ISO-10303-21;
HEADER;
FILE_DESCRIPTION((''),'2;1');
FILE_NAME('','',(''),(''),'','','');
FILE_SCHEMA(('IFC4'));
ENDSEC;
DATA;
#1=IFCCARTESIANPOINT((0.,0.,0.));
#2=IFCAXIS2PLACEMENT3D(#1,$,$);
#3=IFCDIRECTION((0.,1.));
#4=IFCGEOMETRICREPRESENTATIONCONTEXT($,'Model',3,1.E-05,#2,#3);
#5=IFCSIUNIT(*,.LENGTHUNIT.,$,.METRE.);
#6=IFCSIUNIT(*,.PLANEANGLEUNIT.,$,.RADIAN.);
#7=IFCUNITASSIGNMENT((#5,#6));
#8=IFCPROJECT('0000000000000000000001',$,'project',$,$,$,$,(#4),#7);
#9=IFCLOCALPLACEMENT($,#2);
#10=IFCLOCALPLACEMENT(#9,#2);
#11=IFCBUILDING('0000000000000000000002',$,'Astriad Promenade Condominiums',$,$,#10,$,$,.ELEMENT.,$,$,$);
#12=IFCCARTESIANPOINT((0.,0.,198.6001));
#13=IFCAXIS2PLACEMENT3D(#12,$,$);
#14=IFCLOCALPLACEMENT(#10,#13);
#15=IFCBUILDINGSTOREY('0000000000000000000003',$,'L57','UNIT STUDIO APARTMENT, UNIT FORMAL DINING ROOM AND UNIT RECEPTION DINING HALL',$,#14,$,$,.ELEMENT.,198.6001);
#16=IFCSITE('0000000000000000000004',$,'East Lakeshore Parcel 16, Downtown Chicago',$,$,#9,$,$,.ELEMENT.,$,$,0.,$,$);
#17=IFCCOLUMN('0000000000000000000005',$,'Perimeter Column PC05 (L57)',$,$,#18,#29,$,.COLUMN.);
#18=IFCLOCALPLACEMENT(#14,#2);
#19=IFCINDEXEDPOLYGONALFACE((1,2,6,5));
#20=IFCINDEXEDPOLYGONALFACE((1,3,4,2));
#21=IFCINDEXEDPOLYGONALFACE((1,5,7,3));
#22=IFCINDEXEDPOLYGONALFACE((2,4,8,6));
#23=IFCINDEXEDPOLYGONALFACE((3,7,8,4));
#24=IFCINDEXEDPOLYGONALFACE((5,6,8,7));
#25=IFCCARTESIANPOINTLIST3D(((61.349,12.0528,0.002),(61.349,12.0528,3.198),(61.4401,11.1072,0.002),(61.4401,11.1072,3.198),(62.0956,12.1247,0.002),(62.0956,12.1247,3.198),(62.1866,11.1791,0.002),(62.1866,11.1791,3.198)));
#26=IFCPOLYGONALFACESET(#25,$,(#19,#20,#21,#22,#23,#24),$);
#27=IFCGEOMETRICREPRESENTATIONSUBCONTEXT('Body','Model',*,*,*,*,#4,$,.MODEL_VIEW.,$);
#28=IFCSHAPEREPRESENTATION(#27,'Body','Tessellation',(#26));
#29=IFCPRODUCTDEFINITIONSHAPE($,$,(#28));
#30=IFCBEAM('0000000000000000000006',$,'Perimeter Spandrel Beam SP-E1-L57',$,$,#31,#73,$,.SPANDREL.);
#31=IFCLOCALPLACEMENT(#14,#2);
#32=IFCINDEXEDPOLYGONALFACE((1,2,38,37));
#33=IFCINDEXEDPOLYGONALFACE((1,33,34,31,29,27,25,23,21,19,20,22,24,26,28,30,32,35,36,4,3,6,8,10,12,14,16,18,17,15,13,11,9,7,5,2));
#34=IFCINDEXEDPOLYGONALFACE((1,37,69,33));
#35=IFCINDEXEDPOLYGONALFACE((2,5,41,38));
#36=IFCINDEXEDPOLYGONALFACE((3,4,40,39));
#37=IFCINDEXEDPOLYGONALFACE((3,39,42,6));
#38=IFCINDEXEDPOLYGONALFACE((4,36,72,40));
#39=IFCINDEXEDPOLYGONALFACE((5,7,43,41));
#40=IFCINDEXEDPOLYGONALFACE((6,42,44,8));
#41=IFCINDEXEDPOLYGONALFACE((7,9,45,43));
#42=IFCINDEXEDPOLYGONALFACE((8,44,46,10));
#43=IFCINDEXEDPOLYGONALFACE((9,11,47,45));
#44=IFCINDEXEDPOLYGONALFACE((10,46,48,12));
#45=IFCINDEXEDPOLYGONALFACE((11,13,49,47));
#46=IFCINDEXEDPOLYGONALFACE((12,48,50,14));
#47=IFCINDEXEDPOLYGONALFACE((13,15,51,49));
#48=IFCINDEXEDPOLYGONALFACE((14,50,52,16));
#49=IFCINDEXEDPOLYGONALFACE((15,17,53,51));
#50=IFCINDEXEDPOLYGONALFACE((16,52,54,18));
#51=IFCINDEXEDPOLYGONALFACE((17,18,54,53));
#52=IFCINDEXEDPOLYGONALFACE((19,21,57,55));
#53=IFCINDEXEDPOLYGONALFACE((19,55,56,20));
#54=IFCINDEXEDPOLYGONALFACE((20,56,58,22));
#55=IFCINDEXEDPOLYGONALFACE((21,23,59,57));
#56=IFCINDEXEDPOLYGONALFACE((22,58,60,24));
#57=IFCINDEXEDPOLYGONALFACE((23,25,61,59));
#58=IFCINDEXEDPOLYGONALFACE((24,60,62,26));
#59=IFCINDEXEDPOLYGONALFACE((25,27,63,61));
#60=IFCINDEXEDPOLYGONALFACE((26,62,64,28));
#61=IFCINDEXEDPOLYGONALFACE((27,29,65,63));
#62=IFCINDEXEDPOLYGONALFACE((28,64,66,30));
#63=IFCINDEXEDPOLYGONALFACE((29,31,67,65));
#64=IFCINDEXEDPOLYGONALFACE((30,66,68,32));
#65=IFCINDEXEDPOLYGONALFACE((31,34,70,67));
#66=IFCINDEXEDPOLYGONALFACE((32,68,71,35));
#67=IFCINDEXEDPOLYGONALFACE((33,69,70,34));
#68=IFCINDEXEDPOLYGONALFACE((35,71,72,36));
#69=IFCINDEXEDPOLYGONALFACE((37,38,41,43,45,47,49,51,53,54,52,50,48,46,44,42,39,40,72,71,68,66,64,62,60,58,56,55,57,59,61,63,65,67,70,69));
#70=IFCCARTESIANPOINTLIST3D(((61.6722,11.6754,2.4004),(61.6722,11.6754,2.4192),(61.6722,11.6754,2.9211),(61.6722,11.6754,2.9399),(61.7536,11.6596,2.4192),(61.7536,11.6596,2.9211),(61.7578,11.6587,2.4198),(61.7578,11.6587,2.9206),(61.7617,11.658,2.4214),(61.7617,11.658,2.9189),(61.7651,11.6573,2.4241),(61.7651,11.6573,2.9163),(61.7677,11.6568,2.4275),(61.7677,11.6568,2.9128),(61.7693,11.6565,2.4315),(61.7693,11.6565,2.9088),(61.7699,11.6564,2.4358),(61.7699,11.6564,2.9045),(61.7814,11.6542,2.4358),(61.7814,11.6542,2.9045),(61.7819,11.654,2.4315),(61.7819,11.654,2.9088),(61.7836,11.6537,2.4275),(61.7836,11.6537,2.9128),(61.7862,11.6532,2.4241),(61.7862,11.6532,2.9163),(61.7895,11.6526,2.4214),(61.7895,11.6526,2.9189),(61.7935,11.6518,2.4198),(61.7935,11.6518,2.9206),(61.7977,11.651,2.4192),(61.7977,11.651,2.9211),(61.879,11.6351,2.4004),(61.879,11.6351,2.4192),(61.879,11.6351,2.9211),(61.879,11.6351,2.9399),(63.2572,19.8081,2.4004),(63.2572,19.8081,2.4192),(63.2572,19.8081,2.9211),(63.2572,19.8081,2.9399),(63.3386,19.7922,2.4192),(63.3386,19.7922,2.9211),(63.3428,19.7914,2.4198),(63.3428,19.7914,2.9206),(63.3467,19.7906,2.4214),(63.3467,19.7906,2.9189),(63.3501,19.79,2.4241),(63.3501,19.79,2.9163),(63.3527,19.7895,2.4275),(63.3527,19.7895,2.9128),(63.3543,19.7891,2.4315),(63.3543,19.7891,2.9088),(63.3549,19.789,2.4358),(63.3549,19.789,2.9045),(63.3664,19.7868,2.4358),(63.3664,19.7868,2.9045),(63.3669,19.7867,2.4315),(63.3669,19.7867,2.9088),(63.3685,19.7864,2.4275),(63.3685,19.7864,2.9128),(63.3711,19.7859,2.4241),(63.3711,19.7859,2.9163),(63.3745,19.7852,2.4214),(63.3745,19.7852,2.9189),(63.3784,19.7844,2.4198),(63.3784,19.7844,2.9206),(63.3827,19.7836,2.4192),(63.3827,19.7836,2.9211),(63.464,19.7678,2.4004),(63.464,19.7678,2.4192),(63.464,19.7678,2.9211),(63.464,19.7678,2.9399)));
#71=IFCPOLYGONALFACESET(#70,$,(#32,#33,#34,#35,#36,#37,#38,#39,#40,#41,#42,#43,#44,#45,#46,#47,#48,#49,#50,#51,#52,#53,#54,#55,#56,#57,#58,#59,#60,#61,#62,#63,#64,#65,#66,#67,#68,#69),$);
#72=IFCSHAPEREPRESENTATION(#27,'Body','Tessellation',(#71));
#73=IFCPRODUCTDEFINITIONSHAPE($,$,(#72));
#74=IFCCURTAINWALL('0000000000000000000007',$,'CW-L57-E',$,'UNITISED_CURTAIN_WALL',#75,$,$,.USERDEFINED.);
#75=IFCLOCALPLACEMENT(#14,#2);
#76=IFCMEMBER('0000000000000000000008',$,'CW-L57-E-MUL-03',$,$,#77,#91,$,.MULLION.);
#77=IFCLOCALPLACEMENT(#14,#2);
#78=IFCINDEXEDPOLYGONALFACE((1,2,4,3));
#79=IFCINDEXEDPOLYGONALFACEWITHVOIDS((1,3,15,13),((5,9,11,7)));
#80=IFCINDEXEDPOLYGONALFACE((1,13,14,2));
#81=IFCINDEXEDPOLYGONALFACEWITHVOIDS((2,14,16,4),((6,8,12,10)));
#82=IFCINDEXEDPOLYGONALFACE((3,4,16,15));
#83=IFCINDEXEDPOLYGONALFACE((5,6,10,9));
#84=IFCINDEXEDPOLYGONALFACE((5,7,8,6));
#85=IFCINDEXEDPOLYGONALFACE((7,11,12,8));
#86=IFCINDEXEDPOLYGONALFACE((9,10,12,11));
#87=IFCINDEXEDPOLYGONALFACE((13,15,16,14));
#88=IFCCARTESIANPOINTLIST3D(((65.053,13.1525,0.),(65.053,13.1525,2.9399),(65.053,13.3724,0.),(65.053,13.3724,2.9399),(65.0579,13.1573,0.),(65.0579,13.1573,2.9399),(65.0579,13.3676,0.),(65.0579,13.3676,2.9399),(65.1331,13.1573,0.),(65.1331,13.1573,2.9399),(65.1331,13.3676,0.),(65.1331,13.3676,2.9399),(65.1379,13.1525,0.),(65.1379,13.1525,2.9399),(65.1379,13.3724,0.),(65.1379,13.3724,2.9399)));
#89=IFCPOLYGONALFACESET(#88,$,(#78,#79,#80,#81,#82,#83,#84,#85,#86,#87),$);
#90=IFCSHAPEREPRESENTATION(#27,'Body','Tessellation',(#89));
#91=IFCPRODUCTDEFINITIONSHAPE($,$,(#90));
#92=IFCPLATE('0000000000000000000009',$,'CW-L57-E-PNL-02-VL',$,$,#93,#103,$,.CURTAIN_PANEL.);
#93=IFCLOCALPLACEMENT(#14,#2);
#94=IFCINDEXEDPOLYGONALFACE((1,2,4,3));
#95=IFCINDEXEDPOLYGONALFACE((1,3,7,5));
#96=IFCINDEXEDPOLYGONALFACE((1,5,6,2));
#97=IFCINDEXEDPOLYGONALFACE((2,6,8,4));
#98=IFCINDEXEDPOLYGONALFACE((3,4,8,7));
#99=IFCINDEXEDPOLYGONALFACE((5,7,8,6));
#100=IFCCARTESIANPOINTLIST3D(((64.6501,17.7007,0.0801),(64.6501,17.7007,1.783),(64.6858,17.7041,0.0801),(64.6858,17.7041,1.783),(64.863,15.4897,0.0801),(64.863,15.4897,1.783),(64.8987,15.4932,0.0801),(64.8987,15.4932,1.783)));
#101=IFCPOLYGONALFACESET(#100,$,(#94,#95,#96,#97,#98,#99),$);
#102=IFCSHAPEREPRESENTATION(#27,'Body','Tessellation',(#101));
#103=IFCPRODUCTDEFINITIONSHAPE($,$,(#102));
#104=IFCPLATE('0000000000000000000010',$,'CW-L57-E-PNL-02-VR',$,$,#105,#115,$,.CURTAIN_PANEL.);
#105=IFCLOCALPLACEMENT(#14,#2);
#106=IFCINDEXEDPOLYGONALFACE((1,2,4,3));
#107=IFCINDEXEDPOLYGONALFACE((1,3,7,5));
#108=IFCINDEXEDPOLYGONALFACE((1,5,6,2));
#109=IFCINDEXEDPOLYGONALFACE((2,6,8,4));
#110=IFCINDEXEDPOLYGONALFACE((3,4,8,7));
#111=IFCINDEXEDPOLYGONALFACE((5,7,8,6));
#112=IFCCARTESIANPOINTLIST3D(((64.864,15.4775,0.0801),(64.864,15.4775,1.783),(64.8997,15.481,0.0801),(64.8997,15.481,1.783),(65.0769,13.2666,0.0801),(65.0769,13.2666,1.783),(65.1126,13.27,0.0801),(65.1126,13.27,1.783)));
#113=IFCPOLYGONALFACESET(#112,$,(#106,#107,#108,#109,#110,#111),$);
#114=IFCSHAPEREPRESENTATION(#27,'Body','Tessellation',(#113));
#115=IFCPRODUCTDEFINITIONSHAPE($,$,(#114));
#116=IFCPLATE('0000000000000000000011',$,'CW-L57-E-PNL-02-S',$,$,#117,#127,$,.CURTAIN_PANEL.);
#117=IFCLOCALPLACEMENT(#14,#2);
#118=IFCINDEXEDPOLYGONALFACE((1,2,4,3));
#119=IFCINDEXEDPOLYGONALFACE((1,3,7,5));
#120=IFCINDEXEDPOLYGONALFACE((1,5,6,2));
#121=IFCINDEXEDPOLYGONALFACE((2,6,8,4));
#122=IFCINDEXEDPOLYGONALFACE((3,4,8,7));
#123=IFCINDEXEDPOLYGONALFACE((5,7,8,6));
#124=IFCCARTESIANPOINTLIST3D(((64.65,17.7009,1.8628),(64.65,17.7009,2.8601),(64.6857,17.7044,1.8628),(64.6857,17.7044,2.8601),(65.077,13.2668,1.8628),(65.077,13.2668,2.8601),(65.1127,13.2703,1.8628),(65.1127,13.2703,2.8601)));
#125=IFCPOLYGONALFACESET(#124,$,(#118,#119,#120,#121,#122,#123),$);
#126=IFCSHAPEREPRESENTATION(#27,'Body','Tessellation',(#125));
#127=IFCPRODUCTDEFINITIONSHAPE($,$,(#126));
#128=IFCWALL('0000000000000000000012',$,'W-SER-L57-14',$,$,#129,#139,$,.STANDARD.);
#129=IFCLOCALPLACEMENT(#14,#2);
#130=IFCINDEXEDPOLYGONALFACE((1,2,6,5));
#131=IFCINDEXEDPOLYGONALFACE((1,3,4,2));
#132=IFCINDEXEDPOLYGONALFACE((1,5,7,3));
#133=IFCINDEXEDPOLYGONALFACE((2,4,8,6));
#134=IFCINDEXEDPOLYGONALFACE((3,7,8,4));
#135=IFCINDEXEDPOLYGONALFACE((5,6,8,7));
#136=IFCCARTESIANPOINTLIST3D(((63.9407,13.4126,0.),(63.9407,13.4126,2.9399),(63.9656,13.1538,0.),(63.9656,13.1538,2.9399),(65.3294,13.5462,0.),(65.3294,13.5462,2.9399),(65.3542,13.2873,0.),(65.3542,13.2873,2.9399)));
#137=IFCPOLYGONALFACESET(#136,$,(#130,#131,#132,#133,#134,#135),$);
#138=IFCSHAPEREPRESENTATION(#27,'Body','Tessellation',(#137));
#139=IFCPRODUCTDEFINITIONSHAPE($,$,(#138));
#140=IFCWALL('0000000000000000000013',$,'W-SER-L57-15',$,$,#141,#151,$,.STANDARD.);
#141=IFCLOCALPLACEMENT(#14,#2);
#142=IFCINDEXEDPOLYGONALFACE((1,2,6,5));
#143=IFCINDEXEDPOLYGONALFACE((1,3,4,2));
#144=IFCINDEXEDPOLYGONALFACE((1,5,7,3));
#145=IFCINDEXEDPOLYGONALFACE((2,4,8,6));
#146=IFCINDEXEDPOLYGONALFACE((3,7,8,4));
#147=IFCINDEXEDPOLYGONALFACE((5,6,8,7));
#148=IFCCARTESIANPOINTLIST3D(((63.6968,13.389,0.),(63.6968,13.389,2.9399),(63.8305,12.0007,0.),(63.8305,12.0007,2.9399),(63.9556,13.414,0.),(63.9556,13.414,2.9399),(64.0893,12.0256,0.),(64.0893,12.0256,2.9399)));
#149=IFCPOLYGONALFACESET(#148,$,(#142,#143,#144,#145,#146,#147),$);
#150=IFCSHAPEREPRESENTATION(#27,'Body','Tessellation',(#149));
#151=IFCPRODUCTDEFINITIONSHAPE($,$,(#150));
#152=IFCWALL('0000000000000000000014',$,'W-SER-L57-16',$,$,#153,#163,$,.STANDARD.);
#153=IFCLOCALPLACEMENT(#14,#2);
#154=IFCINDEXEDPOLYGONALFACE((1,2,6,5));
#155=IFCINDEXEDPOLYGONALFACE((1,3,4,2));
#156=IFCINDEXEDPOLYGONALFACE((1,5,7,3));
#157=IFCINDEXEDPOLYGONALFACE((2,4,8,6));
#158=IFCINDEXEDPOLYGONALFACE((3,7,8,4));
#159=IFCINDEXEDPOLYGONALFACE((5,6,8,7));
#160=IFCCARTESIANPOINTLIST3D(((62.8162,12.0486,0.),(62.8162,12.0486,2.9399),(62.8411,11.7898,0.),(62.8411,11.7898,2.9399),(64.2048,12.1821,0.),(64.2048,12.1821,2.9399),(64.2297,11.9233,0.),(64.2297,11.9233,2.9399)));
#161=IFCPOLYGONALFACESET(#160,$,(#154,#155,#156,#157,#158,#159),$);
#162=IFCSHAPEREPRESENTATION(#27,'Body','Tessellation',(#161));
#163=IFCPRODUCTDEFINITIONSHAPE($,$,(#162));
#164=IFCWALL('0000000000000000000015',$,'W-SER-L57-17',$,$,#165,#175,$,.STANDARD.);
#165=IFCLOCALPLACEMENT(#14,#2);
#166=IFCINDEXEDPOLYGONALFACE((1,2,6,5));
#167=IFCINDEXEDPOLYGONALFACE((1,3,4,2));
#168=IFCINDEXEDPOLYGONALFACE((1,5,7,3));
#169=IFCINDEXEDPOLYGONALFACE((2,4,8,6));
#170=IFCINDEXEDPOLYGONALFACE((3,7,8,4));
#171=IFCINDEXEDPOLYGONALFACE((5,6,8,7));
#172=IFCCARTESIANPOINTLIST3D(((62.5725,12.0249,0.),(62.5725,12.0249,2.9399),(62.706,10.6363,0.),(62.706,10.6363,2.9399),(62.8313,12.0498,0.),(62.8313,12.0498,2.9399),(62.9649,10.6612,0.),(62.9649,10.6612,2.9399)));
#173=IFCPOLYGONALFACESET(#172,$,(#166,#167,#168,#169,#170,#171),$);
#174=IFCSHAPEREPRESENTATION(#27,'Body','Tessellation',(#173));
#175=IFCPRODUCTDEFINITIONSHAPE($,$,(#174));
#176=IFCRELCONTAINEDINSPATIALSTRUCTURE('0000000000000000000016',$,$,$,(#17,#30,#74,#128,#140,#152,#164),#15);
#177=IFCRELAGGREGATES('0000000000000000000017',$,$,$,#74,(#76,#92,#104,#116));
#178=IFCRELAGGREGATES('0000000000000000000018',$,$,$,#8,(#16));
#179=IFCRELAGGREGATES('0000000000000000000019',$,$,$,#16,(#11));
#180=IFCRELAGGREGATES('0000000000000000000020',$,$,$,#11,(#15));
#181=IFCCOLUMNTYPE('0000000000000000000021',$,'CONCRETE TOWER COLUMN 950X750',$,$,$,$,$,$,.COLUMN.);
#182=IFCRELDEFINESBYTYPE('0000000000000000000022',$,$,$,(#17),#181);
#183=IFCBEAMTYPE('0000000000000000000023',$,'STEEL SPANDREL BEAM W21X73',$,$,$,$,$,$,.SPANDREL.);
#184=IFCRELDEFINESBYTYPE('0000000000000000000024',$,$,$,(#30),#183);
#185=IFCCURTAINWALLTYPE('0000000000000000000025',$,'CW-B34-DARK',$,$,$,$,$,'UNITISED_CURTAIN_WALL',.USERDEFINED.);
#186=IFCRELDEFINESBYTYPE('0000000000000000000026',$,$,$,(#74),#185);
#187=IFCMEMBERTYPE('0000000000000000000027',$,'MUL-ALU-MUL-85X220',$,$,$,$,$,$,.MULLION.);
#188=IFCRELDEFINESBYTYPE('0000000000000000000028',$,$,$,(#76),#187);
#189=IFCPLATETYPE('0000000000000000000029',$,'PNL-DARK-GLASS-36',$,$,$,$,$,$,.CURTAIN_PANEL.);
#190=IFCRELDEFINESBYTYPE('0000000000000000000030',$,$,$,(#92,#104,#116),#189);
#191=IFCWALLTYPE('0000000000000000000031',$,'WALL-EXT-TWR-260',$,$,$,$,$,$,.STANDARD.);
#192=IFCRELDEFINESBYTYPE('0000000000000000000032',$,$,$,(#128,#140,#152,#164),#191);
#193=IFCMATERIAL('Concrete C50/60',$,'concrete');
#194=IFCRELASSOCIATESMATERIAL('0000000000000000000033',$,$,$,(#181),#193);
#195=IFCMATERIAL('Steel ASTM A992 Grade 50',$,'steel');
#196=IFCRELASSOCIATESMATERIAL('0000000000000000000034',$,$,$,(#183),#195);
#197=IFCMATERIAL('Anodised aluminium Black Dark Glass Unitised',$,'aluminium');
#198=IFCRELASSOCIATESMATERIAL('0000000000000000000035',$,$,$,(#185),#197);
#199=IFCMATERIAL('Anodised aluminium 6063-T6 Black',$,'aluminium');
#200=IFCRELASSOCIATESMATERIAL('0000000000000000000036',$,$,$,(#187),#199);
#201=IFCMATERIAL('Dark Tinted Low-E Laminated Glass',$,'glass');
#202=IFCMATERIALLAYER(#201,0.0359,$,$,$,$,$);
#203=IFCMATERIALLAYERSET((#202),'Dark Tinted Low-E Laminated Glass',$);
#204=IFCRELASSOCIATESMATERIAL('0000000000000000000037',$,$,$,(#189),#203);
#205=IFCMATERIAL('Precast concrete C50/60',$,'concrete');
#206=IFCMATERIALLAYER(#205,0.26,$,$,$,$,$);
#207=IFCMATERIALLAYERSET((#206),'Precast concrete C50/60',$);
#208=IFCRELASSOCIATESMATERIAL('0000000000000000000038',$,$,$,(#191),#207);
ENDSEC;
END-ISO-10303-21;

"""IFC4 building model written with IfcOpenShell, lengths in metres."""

from ifc_helpers import new_model, si_unit, direction, frame, frame_2d, origin, origin_2d, place, context, subcontext, project, spatial, rectangle, hollow_rectangle, i_section, extrude, source, transform, mapped, material, layer, layer_set, material_profile, profile_set, type_object, type_shapes, element, aggregate, save


model = new_model("IFC4")

# Units and contexts
model_context = context("Model", 3, precision=1e-05, world=origin(), true_north=direction((0.0, 1.0)))
body_context = subcontext(model_context, "Body", "Model", "MODEL_VIEW")
ifc_project = project(units=[si_unit("LENGTHUNIT", "METRE"), si_unit("PLANEANGLEUNIT", "RADIAN")], contexts=[model_context])

# Site, building, storey
site_placement = place(None, origin())
site = spatial("IfcSite", under=ifc_project, at=site_placement, Name="East Lakeshore Parcel 16, Downtown Chicago", CompositionType="ELEMENT", RefElevation=0.0)
building_placement = place(site_placement, origin())
building = spatial("IfcBuilding", under=site, at=building_placement, Name="Astriad Promenade Condominiums", CompositionType="ELEMENT")
storey_placement = place(building_placement, frame((0.0, 0.0, 198.6001)))
storey = spatial("IfcBuildingStorey", under=building, at=storey_placement, Name="L57", Description="UNIT STUDIO APARTMENT, UNIT FORMAL DINING ROOM AND UNIT RECEPTION DINING HALL", CompositionType="ELEMENT", Elevation=198.6001)

# Column
ifc_material_1 = material(Name="Concrete C50/60", Category="concrete")
ifc_material_profile_1 = material_profile(ifc_material_1, rectangle(XDim=0.75, YDim=0.95, at=origin_2d()), Name="RC-COL-950X750")
ifc_profile_set_1 = profile_set([ifc_material_profile_1], Name="Concrete C50/60")
column_type = type_object("IfcColumnType", Name="CONCRETE TOWER COLUMN 950X750", PredefinedType="COLUMN", material=ifc_profile_set_1)
shared_shape_1 = source(origin(), body_context, "Body", "SweptSolid", [
    extrude(rectangle(XDim=0.75, YDim=0.95, at=origin_2d()), origin(), (0.0, 0.0, 1.0), 3.196),
])
type_shapes(column_type, [shared_shape_1])
column_placement = place(storey_placement, frame((61.7678, 11.616, 0.002), z_axis=(0.0, 0.0, 1.0), x_axis=(0.995396, 0.095846, 0.0)))
element("IfcColumn", 1, at=column_placement, inside=storey, type_object=column_type, Name="Perimeter Column PC05 (L57)", PredefinedType="COLUMN", context=body_context, shape_type="MappedRepresentation", body=[
    mapped(shared_shape_1, transform((0.0, 0.0, 0.0), scale=1.0)),
])

# Beam
ifc_material_2 = material(Name="Steel ASTM A992 Grade 50", Category="steel")
ifc_material_profile_2 = material_profile(ifc_material_2, i_section(OverallWidth=0.2107, OverallDepth=0.5396, WebThickness=0.0117, FlangeThickness=0.0188, FilletRadius=0.0166, at=origin_2d()), Name="W21X73")
ifc_profile_set_2 = profile_set([ifc_material_profile_2], Name="Steel ASTM A992 Grade 50")
beam_type = type_object("IfcBeamType", Name="STEEL SPANDREL BEAM W21X73", PredefinedType="SPANDREL", material=ifc_profile_set_2)
shared_shape_2 = source(origin(), body_context, "Body", "SweptSolid", [
    extrude(i_section(OverallWidth=0.2107, OverallDepth=0.5396, WebThickness=0.0117, FlangeThickness=0.0188, FilletRadius=0.0166, at=origin_2d()), origin(), (0.0, 0.0, 1.0), 8.2856),
])
type_shapes(beam_type, [shared_shape_2])
beam_placement = place(storey_placement, frame((61.7756, 11.6553, 2.6702), z_axis=(0.191292, 0.981533, 0.0), x_axis=(-0.981533, 0.191292, 0.0)))
element("IfcBeam", 2, at=beam_placement, inside=storey, type_object=beam_type, Name="Perimeter Spandrel Beam SP-E1-L57", PredefinedType="SPANDREL", context=body_context, shape_type="MappedRepresentation", body=[
    mapped(shared_shape_2, transform((0.0, 0.0, 0.0), scale=1.0)),
])

# Curtain wall, member, plates
ifc_material_3 = material(Name="Anodised aluminium Black Dark Glass Unitised", Category="aluminium")
curtain_wall_type = type_object("IfcCurtainWallType", Name="CW-B34-DARK", ElementType="UNITISED_CURTAIN_WALL", PredefinedType="USERDEFINED", material=ifc_material_3)
curtain_wall_placement = place(storey_placement, origin())
curtain_wall = element("IfcCurtainWall", 3, at=curtain_wall_placement, inside=storey, type_object=curtain_wall_type, Name="CW-L57-E", ObjectType="UNITISED_CURTAIN_WALL", PredefinedType="USERDEFINED")
ifc_material_4 = material(Name="Anodised aluminium 6063-T6 Black", Category="aluminium")
ifc_material_profile_3 = material_profile(ifc_material_4, hollow_rectangle(XDim=0.085, YDim=0.22, WallThickness=0.0049, at=origin_2d()), Name="ALU-MUL-85X220")
ifc_profile_set_3 = profile_set([ifc_material_profile_3], Name="Anodised aluminium 6063-T6 Black")
member_type = type_object("IfcMemberType", Name="MUL-ALU-MUL-85X220", PredefinedType="MULLION", material=ifc_profile_set_3)
shared_shape_3 = source(origin(), body_context, "Body", "SweptSolid", [
    extrude(hollow_rectangle(XDim=0.085, YDim=0.22, WallThickness=0.0049, at=origin_2d()), origin(), (0.0, 0.0, 1.0), 2.9399),
])
type_shapes(member_type, [shared_shape_3])
member_placement = place(storey_placement, frame((65.0955, 13.2625, 0.0), z_axis=(0.0, 0.0, 1.0), x_axis=(1.0, 0.0, 0.0)))
member = element("IfcMember", 4, at=member_placement, type_object=member_type, Name="CW-L57-E-MUL-03", PredefinedType="MULLION", context=body_context, shape_type="MappedRepresentation", body=[
    mapped(shared_shape_3, transform((0.0, 0.0, 0.0), scale=1.0)),
])
ifc_material_5 = material(Name="Dark Tinted Low-E Laminated Glass", Category="glass")
ifc_layer_1 = layer(ifc_material_5, 0.0359)
ifc_layer_set_1 = layer_set([ifc_layer_1], Name="Dark Tinted Low-E Laminated Glass")
plate_type = type_object("IfcPlateType", Name="PNL-DARK-GLASS-36", PredefinedType="CURTAIN_PANEL", material=ifc_layer_set_1)
shared_shape_4 = source(origin(), body_context, "Body", "SweptSolid", [
    extrude(rectangle(XDim=2.2212, YDim=0.0359, at=origin_2d()), origin(), (0.0, 0.0, 1.0), 1.7029),
])
plate_1_placement = place(storey_placement, frame((64.7744, 16.5969, 0.0801), z_axis=(0.0, 0.0, 1.0), x_axis=(0.095846, -0.995396, 0.0)))
plate_1 = element("IfcPlate", 5, at=plate_1_placement, type_object=plate_type, Name="CW-L57-E-PNL-02-VL", PredefinedType="CURTAIN_PANEL", context=body_context, shape_type="MappedRepresentation", body=[
    mapped(shared_shape_4, transform((0.0, 0.0, 0.0), scale=1.0)),
])
plate_2_placement = place(storey_placement, frame((64.9883, 14.3738, 0.0801), z_axis=(0.0, 0.0, 1.0), x_axis=(0.095846, -0.995396, 0.0)))
plate_2 = element("IfcPlate", 6, at=plate_2_placement, type_object=plate_type, Name="CW-L57-E-PNL-02-VR", PredefinedType="CURTAIN_PANEL", context=body_context, shape_type="MappedRepresentation", body=[
    mapped(shared_shape_4, transform((0.0, 0.0, 0.0), scale=1.0)),
])
shared_shape_5 = source(origin(), body_context, "Body", "SweptSolid", [
    extrude(rectangle(XDim=4.4546, YDim=0.0359, at=origin_2d()), origin(), (0.0, 0.0, 1.0), 0.9973),
])
type_shapes(plate_type, [shared_shape_4, shared_shape_5])
plate_3_placement = place(storey_placement, frame((64.8813, 15.4856, 1.8628), z_axis=(0.0, 0.0, 1.0), x_axis=(0.095846, -0.995396, 0.0)))
plate_3 = element("IfcPlate", 7, at=plate_3_placement, type_object=plate_type, Name="CW-L57-E-PNL-02-S", PredefinedType="CURTAIN_PANEL", context=body_context, shape_type="MappedRepresentation", body=[
    mapped(shared_shape_5, transform((0.0, 0.0, 0.0), scale=1.0)),
])
aggregate(curtain_wall, [member, plate_1, plate_2, plate_3])

# Walls
ifc_material_6 = material(Name="Precast concrete C50/60", Category="concrete")
ifc_layer_2 = layer(ifc_material_6, 0.26)
ifc_layer_set_2 = layer_set([ifc_layer_2], Name="Precast concrete C50/60")
wall_type_1 = type_object("IfcWallType", Name="WALL-EXT-TWR-260", PredefinedType="STANDARD", material=ifc_layer_set_2)
wall_1_placement = place(storey_placement, frame((65.3418, 13.4167, 0.0), z_axis=(0.0, 0.0, 1.0), x_axis=(-0.995408, -0.095726, 0.0)))
element("IfcWall", 8, at=wall_1_placement, inside=storey, type_object=wall_type_1, Name="W-SER-L57-14", PredefinedType="STANDARD", context=body_context, shape_type="SweptSolid", body=[
    extrude(rectangle(XDim=1.395, YDim=0.26, at=frame_2d((0.6975, 0.0))), origin(), (0.0, 0.0, 1.0), 2.9399),
])
wall_2_placement = place(storey_placement, frame((63.8262, 13.4014, 0.0), z_axis=(0.0, 0.0, 1.0), x_axis=(0.095916, -0.995389, 0.0)))
element("IfcWall", 9, at=wall_2_placement, inside=storey, type_object=wall_type_1, Name="W-SER-L57-15", PredefinedType="STANDARD", context=body_context, shape_type="SweptSolid", body=[
    extrude(rectangle(XDim=1.3948, YDim=0.26, at=frame_2d((0.6973, 0.0))), origin(), (0.0, 0.0, 1.0), 2.9399),
])
for number, where, z_axis, x_axis, name in (
    (10, (64.2173, 12.0527, 0.0), (0.0, 0.0, 1.0), (-0.995408, -0.095726, 0.0), "W-SER-L57-16"),
    (11, (62.7019, 12.0374, 0.0), (0.0, 0.0, 1.0), (0.095726, -0.995408, 0.0), "W-SER-L57-17"),
):
    element("IfcWall", number, at=place(storey_placement, frame(where, z_axis=z_axis, x_axis=x_axis)), inside=storey, type_object=wall_type_1, Name=name, PredefinedType="STANDARD", context=body_context, shape_type="SweptSolid", body=[
        extrude(rectangle(XDim=1.395, YDim=0.26, at=frame_2d((0.6975, 0.0))), origin(), (0.0, 0.0, 1.0), 2.9399),
    ])

save(model, "model.ifc")
